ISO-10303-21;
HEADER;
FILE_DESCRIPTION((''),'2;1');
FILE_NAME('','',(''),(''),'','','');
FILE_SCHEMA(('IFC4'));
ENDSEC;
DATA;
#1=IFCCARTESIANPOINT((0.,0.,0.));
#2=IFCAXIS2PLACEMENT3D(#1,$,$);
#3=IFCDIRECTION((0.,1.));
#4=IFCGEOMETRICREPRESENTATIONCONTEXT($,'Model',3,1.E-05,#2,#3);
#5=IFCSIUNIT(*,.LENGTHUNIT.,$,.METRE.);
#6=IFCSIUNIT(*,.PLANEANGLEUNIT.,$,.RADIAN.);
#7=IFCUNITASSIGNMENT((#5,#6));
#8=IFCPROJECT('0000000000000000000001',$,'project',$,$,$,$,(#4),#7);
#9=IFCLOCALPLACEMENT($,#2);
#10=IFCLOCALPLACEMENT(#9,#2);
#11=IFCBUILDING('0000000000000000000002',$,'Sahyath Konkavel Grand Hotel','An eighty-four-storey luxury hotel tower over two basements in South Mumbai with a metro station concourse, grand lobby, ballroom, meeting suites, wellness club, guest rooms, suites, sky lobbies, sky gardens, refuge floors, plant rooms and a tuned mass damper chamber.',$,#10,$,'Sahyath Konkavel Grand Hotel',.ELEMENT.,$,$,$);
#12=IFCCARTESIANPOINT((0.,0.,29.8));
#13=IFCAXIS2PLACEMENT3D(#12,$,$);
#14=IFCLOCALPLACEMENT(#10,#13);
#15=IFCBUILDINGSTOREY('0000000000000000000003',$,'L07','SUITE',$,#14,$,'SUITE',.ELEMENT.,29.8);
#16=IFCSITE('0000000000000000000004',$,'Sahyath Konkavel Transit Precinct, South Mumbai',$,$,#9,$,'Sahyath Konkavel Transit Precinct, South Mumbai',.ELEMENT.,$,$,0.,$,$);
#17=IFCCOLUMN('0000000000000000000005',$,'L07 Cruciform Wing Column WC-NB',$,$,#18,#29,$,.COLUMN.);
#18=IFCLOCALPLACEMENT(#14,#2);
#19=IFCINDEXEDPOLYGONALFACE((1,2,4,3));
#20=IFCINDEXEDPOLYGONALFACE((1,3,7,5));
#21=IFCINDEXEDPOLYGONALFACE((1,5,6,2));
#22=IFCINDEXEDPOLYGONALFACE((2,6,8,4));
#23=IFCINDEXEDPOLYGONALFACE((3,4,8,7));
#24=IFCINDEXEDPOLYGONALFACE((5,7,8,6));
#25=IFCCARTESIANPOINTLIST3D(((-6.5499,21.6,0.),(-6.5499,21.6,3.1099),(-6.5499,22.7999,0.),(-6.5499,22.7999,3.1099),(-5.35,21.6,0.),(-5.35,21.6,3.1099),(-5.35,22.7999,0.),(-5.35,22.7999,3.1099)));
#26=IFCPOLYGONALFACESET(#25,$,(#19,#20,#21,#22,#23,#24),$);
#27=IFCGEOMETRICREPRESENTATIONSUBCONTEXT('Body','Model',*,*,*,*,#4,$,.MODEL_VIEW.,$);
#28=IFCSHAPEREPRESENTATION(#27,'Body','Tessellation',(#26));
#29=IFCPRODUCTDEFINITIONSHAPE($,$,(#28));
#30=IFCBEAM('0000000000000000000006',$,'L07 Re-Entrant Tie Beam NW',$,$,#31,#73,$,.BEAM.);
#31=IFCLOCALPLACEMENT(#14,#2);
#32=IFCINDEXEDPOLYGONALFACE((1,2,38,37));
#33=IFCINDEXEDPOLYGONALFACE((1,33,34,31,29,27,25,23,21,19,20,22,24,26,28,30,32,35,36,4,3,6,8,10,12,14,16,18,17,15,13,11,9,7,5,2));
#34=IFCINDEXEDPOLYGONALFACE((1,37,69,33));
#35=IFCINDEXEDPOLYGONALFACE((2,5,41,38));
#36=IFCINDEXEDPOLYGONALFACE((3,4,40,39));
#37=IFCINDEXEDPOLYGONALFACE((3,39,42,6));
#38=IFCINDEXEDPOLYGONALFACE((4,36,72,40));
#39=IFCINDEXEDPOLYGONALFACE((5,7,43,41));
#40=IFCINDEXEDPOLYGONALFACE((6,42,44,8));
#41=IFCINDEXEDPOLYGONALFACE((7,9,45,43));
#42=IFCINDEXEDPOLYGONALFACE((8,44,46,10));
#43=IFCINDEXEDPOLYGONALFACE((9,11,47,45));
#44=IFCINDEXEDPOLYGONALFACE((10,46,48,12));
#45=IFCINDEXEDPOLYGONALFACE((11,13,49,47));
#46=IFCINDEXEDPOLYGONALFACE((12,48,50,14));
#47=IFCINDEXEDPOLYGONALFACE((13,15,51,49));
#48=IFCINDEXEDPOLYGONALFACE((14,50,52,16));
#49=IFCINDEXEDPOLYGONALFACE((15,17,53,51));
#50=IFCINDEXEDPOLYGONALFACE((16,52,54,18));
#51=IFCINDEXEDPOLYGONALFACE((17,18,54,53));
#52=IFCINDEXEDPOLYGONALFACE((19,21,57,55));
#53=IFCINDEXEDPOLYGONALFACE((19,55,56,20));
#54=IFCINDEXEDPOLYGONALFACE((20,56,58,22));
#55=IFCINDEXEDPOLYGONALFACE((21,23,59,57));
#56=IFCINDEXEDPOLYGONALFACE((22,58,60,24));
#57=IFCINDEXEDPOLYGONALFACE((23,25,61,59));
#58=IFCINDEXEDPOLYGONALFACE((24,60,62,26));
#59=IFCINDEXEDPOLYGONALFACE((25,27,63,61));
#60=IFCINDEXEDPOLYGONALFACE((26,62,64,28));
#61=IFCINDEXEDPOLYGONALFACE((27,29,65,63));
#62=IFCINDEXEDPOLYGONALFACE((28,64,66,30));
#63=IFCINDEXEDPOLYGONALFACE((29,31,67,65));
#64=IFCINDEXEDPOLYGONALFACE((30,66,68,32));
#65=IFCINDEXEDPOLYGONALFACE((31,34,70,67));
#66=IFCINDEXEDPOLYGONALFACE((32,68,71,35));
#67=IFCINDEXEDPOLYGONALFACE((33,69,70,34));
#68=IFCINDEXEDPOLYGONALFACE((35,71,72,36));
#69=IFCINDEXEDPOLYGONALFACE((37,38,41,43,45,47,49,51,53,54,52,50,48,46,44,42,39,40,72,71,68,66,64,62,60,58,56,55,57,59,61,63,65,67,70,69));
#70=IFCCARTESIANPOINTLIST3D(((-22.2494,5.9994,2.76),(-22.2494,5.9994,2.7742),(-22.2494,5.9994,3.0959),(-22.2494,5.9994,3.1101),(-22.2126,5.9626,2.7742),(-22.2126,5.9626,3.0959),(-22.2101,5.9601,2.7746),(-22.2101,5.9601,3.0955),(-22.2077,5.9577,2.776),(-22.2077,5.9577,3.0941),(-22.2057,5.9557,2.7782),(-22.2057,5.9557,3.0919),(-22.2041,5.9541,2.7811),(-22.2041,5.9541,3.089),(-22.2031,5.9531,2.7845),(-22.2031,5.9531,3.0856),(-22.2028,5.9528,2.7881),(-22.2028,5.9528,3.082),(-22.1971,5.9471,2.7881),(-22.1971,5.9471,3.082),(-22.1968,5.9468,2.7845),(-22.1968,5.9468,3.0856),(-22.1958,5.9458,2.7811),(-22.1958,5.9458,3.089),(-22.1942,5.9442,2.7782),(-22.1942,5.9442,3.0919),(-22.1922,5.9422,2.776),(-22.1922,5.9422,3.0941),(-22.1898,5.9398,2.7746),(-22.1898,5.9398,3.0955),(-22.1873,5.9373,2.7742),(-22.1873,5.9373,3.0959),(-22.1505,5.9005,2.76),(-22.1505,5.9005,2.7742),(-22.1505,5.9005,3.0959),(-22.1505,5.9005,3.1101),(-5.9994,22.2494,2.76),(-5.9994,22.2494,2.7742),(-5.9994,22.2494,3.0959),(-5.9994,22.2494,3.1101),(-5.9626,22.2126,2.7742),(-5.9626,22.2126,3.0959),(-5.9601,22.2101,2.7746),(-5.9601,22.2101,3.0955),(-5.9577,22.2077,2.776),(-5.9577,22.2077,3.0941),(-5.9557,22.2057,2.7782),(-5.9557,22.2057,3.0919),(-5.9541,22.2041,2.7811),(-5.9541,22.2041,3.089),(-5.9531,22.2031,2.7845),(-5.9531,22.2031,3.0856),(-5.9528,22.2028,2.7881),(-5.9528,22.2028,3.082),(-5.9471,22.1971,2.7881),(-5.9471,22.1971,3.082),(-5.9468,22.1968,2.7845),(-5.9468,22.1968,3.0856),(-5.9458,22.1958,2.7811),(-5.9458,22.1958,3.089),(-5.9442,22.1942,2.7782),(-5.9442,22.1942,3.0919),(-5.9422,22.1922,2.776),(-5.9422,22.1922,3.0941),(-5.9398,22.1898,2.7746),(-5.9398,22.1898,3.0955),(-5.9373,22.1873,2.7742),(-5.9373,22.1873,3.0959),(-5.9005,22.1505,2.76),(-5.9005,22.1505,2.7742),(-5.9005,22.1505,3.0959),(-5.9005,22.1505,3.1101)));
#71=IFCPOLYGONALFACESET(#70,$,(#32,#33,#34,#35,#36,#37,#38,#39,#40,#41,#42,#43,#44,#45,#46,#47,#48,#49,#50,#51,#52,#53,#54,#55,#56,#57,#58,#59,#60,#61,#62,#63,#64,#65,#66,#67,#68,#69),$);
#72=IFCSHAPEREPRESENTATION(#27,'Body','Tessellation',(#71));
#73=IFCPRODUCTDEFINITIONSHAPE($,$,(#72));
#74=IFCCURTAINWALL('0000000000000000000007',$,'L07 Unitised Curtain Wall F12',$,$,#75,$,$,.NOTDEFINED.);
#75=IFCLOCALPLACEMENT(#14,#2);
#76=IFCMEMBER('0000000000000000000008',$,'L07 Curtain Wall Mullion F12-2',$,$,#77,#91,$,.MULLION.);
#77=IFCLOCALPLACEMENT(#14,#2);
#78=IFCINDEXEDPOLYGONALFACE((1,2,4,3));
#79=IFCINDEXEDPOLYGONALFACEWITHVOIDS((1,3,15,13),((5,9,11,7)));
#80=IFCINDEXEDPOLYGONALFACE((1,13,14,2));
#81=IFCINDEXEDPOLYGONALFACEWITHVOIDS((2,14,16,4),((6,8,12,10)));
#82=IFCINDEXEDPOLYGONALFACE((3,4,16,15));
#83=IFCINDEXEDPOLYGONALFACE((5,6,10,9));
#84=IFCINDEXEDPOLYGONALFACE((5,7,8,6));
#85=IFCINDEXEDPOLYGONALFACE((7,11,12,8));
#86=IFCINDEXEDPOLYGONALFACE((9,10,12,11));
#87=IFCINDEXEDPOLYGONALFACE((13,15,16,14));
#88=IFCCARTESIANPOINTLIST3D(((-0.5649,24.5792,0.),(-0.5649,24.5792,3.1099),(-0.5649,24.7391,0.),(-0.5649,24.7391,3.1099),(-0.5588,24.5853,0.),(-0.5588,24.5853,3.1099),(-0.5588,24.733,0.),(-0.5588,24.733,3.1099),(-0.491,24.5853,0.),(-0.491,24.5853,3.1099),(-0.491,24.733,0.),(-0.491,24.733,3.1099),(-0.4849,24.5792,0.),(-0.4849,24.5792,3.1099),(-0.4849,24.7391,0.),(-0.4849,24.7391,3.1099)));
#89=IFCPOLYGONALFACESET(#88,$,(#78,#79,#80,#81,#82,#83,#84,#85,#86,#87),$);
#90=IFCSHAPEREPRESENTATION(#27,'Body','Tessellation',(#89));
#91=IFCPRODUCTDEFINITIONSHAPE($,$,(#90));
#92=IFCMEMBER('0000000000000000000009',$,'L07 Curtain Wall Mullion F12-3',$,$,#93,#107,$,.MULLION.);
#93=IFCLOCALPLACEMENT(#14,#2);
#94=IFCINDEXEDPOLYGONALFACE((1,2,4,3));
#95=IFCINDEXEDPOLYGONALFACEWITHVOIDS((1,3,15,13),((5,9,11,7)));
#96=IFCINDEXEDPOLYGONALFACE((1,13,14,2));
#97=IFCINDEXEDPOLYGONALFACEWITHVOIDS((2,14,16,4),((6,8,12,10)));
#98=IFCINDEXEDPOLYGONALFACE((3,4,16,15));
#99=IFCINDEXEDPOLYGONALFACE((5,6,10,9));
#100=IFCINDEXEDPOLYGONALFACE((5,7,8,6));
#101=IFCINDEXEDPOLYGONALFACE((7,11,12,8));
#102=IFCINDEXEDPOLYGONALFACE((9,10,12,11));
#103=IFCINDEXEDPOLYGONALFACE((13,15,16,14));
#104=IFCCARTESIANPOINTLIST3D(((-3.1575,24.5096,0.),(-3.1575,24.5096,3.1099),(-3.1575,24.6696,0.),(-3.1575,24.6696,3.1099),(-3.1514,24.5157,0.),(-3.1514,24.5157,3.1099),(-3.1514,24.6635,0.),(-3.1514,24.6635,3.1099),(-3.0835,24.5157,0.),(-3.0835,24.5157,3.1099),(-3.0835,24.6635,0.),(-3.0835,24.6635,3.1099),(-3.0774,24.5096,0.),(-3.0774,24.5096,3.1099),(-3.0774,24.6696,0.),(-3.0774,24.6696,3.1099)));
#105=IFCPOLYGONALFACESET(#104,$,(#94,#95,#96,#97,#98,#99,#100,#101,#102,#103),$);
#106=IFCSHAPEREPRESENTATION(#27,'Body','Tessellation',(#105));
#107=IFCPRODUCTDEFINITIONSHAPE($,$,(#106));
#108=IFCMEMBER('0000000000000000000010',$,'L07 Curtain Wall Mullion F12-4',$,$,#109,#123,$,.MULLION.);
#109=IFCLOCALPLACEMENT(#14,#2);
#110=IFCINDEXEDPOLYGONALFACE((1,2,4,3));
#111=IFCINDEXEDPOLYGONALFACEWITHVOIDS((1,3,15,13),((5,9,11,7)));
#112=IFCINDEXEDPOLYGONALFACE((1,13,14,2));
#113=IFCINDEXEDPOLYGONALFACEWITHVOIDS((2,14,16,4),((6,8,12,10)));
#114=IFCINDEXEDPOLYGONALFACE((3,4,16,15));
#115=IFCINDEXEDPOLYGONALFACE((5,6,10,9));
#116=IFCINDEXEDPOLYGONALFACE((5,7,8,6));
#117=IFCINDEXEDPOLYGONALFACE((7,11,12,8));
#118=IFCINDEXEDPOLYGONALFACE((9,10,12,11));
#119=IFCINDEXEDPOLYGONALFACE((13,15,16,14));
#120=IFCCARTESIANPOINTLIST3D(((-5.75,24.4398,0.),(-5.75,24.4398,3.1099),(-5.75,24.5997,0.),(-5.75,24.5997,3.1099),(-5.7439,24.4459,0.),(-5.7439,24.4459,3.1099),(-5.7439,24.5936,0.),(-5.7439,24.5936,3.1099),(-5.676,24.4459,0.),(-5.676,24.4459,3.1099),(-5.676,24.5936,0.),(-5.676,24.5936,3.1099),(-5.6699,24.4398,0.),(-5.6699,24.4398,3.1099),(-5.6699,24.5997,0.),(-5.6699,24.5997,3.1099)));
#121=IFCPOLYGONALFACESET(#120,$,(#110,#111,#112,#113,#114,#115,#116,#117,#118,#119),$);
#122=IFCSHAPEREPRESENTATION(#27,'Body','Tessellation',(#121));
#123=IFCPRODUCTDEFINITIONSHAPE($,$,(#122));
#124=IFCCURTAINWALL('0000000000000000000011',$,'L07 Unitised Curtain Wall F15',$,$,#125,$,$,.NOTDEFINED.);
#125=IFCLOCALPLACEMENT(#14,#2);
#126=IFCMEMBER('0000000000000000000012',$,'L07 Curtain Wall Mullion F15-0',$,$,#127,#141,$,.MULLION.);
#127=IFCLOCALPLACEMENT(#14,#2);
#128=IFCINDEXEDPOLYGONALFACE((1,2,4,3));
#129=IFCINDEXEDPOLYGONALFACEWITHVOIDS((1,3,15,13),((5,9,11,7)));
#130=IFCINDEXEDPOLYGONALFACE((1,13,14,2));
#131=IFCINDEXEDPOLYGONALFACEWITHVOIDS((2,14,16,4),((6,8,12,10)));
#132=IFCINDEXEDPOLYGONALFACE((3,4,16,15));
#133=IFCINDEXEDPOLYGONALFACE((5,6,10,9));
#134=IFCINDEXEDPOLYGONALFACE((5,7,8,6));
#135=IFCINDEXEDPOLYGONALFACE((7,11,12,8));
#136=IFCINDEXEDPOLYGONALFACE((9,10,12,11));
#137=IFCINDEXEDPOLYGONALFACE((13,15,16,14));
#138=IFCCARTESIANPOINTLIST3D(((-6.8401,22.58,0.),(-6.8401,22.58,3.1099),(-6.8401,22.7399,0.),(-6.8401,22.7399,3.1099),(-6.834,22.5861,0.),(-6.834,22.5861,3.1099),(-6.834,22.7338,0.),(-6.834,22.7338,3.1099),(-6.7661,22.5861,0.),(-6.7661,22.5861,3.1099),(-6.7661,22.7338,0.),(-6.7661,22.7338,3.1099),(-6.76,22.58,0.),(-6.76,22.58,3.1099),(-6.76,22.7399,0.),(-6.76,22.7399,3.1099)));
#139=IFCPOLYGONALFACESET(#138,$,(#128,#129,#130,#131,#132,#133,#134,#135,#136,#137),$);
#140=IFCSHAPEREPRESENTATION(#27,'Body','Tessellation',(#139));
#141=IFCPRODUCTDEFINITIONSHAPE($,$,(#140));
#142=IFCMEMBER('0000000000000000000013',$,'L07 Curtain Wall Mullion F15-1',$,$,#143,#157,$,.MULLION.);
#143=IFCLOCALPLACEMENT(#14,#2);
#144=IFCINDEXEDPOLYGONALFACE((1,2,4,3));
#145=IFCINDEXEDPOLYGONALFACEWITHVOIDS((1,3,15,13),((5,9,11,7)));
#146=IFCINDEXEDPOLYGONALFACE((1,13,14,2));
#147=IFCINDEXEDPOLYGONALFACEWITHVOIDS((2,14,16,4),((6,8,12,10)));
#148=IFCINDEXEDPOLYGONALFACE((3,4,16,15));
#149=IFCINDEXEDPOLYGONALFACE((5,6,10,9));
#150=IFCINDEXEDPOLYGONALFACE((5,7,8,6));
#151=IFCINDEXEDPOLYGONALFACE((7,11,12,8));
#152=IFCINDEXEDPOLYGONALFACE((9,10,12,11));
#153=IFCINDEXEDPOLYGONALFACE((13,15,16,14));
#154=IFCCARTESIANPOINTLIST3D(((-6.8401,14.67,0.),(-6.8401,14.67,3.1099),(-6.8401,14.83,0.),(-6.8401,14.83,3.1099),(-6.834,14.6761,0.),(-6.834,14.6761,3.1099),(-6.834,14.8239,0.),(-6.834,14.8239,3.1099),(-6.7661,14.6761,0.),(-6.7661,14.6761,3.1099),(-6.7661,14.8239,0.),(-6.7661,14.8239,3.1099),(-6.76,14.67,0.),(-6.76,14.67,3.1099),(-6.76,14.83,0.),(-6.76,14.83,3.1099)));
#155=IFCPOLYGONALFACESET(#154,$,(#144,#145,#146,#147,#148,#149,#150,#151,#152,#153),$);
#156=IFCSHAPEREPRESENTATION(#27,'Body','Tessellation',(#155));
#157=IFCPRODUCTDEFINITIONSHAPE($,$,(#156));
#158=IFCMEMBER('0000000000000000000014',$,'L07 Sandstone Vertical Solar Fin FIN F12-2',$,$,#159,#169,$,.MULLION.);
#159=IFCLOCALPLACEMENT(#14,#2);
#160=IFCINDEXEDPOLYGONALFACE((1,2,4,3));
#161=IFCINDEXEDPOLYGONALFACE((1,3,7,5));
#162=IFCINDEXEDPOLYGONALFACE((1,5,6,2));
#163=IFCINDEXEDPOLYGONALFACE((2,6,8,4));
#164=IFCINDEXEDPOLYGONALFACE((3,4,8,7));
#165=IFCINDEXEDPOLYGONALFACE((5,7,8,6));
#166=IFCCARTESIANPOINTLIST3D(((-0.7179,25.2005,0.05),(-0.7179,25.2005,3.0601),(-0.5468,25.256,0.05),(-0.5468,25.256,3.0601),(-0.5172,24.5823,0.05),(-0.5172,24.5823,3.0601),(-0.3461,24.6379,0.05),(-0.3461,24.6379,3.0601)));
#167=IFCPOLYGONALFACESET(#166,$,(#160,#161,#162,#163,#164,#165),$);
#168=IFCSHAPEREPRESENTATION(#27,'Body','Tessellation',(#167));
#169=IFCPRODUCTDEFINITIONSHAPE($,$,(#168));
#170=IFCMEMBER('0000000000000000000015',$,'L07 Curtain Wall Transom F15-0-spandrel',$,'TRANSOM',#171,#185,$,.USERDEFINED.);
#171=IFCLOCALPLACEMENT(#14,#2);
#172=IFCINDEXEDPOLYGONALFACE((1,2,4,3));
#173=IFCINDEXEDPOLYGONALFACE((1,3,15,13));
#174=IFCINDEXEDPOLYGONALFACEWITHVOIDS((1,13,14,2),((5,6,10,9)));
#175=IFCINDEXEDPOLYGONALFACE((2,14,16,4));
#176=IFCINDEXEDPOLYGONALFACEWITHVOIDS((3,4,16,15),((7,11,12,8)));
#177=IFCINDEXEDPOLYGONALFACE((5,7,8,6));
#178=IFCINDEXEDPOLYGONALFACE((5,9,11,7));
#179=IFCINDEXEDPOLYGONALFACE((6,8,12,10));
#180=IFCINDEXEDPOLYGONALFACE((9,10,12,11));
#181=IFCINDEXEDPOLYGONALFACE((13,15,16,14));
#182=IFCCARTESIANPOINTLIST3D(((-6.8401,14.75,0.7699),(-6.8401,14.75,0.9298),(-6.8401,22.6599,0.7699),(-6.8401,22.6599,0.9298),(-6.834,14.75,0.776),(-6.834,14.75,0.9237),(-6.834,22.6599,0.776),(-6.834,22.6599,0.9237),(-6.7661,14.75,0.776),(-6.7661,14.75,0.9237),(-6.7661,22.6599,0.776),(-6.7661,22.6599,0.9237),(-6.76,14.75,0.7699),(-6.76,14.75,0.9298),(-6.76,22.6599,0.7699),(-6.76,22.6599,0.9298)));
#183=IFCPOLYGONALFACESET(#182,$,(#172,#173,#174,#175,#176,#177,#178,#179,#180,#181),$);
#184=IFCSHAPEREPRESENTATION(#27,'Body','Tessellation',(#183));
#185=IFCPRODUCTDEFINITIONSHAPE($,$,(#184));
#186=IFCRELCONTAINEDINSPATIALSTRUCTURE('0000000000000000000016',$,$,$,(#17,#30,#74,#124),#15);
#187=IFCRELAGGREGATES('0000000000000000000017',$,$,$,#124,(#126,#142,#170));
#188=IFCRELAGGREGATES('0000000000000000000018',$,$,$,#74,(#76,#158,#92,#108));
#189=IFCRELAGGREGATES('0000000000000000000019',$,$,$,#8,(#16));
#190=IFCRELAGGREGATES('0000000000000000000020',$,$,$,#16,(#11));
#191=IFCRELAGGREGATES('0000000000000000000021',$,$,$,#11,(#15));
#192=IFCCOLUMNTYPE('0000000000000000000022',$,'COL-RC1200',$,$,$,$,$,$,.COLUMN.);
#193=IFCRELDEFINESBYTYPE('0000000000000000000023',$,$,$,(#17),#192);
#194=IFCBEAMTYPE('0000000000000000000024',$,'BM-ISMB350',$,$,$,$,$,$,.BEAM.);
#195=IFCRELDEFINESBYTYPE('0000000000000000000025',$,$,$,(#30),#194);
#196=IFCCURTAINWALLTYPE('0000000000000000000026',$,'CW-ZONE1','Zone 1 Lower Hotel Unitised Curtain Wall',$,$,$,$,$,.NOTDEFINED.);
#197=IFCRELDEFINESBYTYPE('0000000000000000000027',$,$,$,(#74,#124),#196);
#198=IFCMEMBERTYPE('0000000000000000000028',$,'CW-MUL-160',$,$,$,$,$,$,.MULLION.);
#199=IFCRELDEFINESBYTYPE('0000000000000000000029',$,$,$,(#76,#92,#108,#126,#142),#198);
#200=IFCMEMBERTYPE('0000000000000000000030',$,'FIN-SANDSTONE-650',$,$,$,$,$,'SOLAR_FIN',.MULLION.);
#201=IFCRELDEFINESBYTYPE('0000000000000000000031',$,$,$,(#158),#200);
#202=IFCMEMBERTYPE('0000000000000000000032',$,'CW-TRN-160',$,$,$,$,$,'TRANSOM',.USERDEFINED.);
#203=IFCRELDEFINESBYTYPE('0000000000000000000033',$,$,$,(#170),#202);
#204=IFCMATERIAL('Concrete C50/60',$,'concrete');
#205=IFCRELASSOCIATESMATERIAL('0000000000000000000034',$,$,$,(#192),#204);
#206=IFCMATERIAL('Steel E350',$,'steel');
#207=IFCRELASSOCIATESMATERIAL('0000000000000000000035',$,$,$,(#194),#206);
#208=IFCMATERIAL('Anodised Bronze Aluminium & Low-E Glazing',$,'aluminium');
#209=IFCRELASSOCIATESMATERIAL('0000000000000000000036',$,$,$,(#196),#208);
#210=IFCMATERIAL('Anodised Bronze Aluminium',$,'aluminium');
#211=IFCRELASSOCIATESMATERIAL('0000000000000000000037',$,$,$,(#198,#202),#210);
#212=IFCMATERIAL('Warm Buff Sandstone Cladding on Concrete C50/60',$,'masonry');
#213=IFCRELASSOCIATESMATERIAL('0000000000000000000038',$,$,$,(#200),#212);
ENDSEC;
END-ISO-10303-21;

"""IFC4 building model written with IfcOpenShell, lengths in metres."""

from ifc_helpers import new_model, si_unit, direction, frame, origin, origin_2d, place, context, subcontext, project, spatial, rectangle, hollow_rectangle, i_section, extrude, source, transform, mapped, material, material_profile, profile_set, type_object, element, aggregate, save


model = new_model("IFC4")

# Units and contexts
model_context = context("Model", 3, precision=1e-05, world=origin(), true_north=direction((0.0, 1.0)))
body_context = subcontext(model_context, "Body", "Model", "MODEL_VIEW")
ifc_project = project(units=[si_unit("LENGTHUNIT", "METRE"), si_unit("PLANEANGLEUNIT", "RADIAN")], contexts=[model_context])

# Site, building, storey
site_placement = place(None, origin())
site = spatial("IfcSite", under=ifc_project, at=site_placement, Name="Sahyath Konkavel Transit Precinct, South Mumbai", LongName="Sahyath Konkavel Transit Precinct, South Mumbai", CompositionType="ELEMENT", RefElevation=0.0)
building_placement = place(site_placement, origin())
building = spatial("IfcBuilding", under=site, at=building_placement, Name="Sahyath Konkavel Grand Hotel", Description="An eighty-four-storey luxury hotel tower over two basements in South Mumbai with a metro station concourse, grand lobby, ballroom, meeting suites, wellness club, guest rooms, suites, sky lobbies, sky gardens, refuge floors, plant rooms and a tuned mass damper chamber.", LongName="Sahyath Konkavel Grand Hotel", CompositionType="ELEMENT")
storey_placement = place(building_placement, frame((0.0, 0.0, 29.8)))
storey = spatial("IfcBuildingStorey", under=building, at=storey_placement, Name="L07", Description="SUITE", LongName="SUITE", CompositionType="ELEMENT", Elevation=29.8)

# Column
ifc_material_1 = material(Name="Concrete C50/60", Category="concrete")
ifc_material_profile_1 = material_profile(ifc_material_1, rectangle(XDim=1.2, YDim=1.2, at=origin_2d()), Name="RC 1200x1200")
ifc_profile_set_1 = profile_set([ifc_material_profile_1], Name="Concrete C50/60")
column_type = type_object("IfcColumnType", Name="COL-RC1200", PredefinedType="COLUMN", material=ifc_profile_set_1)
shared_shape_1 = source(origin(), body_context, "Body", "SweptSolid", [
    extrude(rectangle(XDim=1.2, YDim=1.2, at=origin_2d()), origin(), (0.0, 0.0, 1.0), 3.1099),
])
column_placement = place(storey_placement, frame((-5.95, 22.2, 0.0), z_axis=(0.0, 0.0, 1.0), x_axis=(1.0, 0.0, 0.0)))
element("IfcColumn", 1, at=column_placement, inside=storey, type_object=column_type, Name="L07 Cruciform Wing Column WC-NB", PredefinedType="COLUMN", context=body_context, shape_type="MappedRepresentation", body=[
    mapped(shared_shape_1, transform((0.0, 0.0, 0.0), scale=1.0)),
])

# Beam
ifc_material_2 = material(Name="Steel E350", Category="steel")
ifc_material_profile_2 = material_profile(ifc_material_2, i_section(OverallWidth=0.1399, OverallDepth=0.3501, WebThickness=0.0081, FlangeThickness=0.0142, FilletRadius=0.0139, at=origin_2d()), Name="ISMB 350")
ifc_profile_set_2 = profile_set([ifc_material_profile_2], Name="Steel E350")
beam_type = type_object("IfcBeamType", Name="BM-ISMB350", PredefinedType="BEAM", material=ifc_profile_set_2)
shared_shape_2 = source(origin(), body_context, "Body", "SweptSolid", [
    extrude(i_section(OverallWidth=0.1399, OverallDepth=0.3501, WebThickness=0.0081, FlangeThickness=0.0142, FilletRadius=0.0139, at=origin_2d()), origin(), (0.0, 0.0, 1.0), 22.981),
])
beam_placement = place(storey_placement, frame((-5.95, 22.2, 2.9351), z_axis=(-0.707107, -0.707107, 0.0), x_axis=(0.707107, -0.707107, 0.0)))
element("IfcBeam", 2, at=beam_placement, inside=storey, type_object=beam_type, Name="L07 Re-Entrant Tie Beam NW", PredefinedType="BEAM", context=body_context, shape_type="MappedRepresentation", body=[
    mapped(shared_shape_2, transform((0.0, 0.0, 0.0), scale=1.0)),
])

# Curtain walls, members
ifc_material_3 = material(Name="Anodised Bronze Aluminium & Low-E Glazing", Category="aluminium")
curtain_wall_type = type_object("IfcCurtainWallType", Name="CW-ZONE1", Description="Zone 1 Lower Hotel Unitised Curtain Wall", PredefinedType="NOTDEFINED", material=ifc_material_3)
curtain_wall_1_placement = place(storey_placement, origin())
curtain_wall_1 = element("IfcCurtainWall", 3, at=curtain_wall_1_placement, inside=storey, type_object=curtain_wall_type, Name="L07 Unitised Curtain Wall F12", PredefinedType="NOTDEFINED")
ifc_material_4 = material(Name="Anodised Bronze Aluminium", Category="aluminium")
ifc_material_profile_3 = material_profile(ifc_material_4, hollow_rectangle(XDim=0.0801, YDim=0.1599, WallThickness=0.0061, at=origin_2d()), Name="RHS 160x80x6")
ifc_profile_set_3 = profile_set([ifc_material_profile_3], Name="Anodised Bronze Aluminium")
member_type_1 = type_object("IfcMemberType", Name="CW-MUL-160", PredefinedType="MULLION", material=ifc_profile_set_3)
shared_shape_3 = source(origin(), body_context, "Body", "SweptSolid", [
    extrude(hollow_rectangle(XDim=0.0801, YDim=0.1599, WallThickness=0.0061, at=origin_2d()), origin(), (0.0, 0.0, 1.0), 3.1099),
])
member_1_placement = place(storey_placement, frame((-0.5249, 24.6592, 0.0), z_axis=(0.0, 0.0, 1.0), x_axis=(1.0, 0.0, 0.0)))
member_1 = element("IfcMember", 4, at=member_1_placement, type_object=member_type_1, Name="L07 Curtain Wall Mullion F12-2", PredefinedType="MULLION", context=body_context, shape_type="MappedRepresentation", body=[
    mapped(shared_shape_3, transform((0.0, 0.0, 0.0), scale=1.0)),
])
member_2_placement = place(storey_placement, frame((-3.1174, 24.5896, 0.0), z_axis=(0.0, 0.0, 1.0), x_axis=(1.0, 0.0, 0.0)))
member_2 = element("IfcMember", 5, at=member_2_placement, type_object=member_type_1, Name="L07 Curtain Wall Mullion F12-3", PredefinedType="MULLION", context=body_context, shape_type="MappedRepresentation", body=[
    mapped(shared_shape_3, transform((0.0, 0.0, 0.0), scale=1.0)),
])
member_3_placement = place(storey_placement, frame((-5.71, 24.5198, 0.0), z_axis=(0.0, 0.0, 1.0), x_axis=(1.0, 0.0, 0.0)))
member_3 = element("IfcMember", 6, at=member_3_placement, type_object=member_type_1, Name="L07 Curtain Wall Mullion F12-4", PredefinedType="MULLION", context=body_context, shape_type="MappedRepresentation", body=[
    mapped(shared_shape_3, transform((0.0, 0.0, 0.0), scale=1.0)),
])
curtain_wall_2_placement = place(storey_placement, origin())
curtain_wall_2 = element("IfcCurtainWall", 7, at=curtain_wall_2_placement, inside=storey, type_object=curtain_wall_type, Name="L07 Unitised Curtain Wall F15", PredefinedType="NOTDEFINED")
member_4_placement = place(storey_placement, frame((-6.8, 22.6599, 0.0), z_axis=(0.0, 0.0, 1.0), x_axis=(1.0, 0.0, 0.0)))
member_4 = element("IfcMember", 8, at=member_4_placement, type_object=member_type_1, Name="L07 Curtain Wall Mullion F15-0", PredefinedType="MULLION", context=body_context, shape_type="MappedRepresentation", body=[
    mapped(shared_shape_3, transform((0.0, 0.0, 0.0), scale=1.0)),
])
member_5_placement = place(storey_placement, frame((-6.8, 14.75, 0.0), z_axis=(0.0, 0.0, 1.0), x_axis=(1.0, 0.0, 0.0)))
member_5 = element("IfcMember", 9, at=member_5_placement, type_object=member_type_1, Name="L07 Curtain Wall Mullion F15-1", PredefinedType="MULLION", context=body_context, shape_type="MappedRepresentation", body=[
    mapped(shared_shape_3, transform((0.0, 0.0, 0.0), scale=1.0)),
])

# Members
ifc_material_5 = material(Name="Warm Buff Sandstone Cladding on Concrete C50/60", Category="masonry")
ifc_material_profile_4 = material_profile(ifc_material_5, rectangle(XDim=0.1799, YDim=0.6499, at=origin_2d()), Name="FIN 180x650")
ifc_profile_set_4 = profile_set([ifc_material_profile_4], Name="Warm Buff Sandstone Cladding on Concrete C50/60")
member_type_2 = type_object("IfcMemberType", Name="FIN-SANDSTONE-650", ElementType="SOLAR_FIN", PredefinedType="MULLION", material=ifc_profile_set_4)
shared_shape_4 = source(origin(), body_context, "Body", "SweptSolid", [
    extrude(rectangle(XDim=0.1799, YDim=0.6499, at=origin_2d()), origin(), (0.0, 0.0, 1.0), 3.01),
])
member_6_placement = place(storey_placement, frame((-0.532, 24.9192, 0.05), z_axis=(0.0, 0.0, 1.0), x_axis=(0.95111, 0.308851, 0.0)))
member_6 = element("IfcMember", 10, at=member_6_placement, type_object=member_type_2, Name="L07 Sandstone Vertical Solar Fin FIN F12-2", PredefinedType="MULLION", context=body_context, shape_type="MappedRepresentation", body=[
    mapped(shared_shape_4, transform((0.0, 0.0, 0.0), scale=1.0)),
])
ifc_material_profile_5 = material_profile(ifc_material_4, hollow_rectangle(XDim=0.0801, YDim=0.1599, WallThickness=0.0061, at=origin_2d()), Name="RHS 160x80x6")
ifc_profile_set_5 = profile_set([ifc_material_profile_5], Name="Anodised Bronze Aluminium")
member_type_3 = type_object("IfcMemberType", Name="CW-TRN-160", ElementType="TRANSOM", PredefinedType="USERDEFINED", material=ifc_profile_set_5)
shared_shape_5 = source(origin(), body_context, "Body", "SweptSolid", [
    extrude(hollow_rectangle(XDim=0.0801, YDim=0.1599, WallThickness=0.0061, at=origin_2d()), origin(), (0.0, 0.0, 1.0), 7.9099),
])
member_7_placement = place(storey_placement, frame((-6.8, 22.6599, 0.8499), z_axis=(0.0, -1.0, 0.0), x_axis=(1.0, 0.0, 0.0)))
member_7 = element("IfcMember", 11, at=member_7_placement, type_object=member_type_3, Name="L07 Curtain Wall Transom F15-0-spandrel", ObjectType="TRANSOM", PredefinedType="USERDEFINED", context=body_context, shape_type="MappedRepresentation", body=[
    mapped(shared_shape_5, transform((0.0, 0.0, 0.0), scale=1.0)),
])

aggregate(curtain_wall_2, [member_4, member_5, member_7])
aggregate(curtain_wall_1, [member_1, member_6, member_2, member_3])

save(model, "model.ifc")
